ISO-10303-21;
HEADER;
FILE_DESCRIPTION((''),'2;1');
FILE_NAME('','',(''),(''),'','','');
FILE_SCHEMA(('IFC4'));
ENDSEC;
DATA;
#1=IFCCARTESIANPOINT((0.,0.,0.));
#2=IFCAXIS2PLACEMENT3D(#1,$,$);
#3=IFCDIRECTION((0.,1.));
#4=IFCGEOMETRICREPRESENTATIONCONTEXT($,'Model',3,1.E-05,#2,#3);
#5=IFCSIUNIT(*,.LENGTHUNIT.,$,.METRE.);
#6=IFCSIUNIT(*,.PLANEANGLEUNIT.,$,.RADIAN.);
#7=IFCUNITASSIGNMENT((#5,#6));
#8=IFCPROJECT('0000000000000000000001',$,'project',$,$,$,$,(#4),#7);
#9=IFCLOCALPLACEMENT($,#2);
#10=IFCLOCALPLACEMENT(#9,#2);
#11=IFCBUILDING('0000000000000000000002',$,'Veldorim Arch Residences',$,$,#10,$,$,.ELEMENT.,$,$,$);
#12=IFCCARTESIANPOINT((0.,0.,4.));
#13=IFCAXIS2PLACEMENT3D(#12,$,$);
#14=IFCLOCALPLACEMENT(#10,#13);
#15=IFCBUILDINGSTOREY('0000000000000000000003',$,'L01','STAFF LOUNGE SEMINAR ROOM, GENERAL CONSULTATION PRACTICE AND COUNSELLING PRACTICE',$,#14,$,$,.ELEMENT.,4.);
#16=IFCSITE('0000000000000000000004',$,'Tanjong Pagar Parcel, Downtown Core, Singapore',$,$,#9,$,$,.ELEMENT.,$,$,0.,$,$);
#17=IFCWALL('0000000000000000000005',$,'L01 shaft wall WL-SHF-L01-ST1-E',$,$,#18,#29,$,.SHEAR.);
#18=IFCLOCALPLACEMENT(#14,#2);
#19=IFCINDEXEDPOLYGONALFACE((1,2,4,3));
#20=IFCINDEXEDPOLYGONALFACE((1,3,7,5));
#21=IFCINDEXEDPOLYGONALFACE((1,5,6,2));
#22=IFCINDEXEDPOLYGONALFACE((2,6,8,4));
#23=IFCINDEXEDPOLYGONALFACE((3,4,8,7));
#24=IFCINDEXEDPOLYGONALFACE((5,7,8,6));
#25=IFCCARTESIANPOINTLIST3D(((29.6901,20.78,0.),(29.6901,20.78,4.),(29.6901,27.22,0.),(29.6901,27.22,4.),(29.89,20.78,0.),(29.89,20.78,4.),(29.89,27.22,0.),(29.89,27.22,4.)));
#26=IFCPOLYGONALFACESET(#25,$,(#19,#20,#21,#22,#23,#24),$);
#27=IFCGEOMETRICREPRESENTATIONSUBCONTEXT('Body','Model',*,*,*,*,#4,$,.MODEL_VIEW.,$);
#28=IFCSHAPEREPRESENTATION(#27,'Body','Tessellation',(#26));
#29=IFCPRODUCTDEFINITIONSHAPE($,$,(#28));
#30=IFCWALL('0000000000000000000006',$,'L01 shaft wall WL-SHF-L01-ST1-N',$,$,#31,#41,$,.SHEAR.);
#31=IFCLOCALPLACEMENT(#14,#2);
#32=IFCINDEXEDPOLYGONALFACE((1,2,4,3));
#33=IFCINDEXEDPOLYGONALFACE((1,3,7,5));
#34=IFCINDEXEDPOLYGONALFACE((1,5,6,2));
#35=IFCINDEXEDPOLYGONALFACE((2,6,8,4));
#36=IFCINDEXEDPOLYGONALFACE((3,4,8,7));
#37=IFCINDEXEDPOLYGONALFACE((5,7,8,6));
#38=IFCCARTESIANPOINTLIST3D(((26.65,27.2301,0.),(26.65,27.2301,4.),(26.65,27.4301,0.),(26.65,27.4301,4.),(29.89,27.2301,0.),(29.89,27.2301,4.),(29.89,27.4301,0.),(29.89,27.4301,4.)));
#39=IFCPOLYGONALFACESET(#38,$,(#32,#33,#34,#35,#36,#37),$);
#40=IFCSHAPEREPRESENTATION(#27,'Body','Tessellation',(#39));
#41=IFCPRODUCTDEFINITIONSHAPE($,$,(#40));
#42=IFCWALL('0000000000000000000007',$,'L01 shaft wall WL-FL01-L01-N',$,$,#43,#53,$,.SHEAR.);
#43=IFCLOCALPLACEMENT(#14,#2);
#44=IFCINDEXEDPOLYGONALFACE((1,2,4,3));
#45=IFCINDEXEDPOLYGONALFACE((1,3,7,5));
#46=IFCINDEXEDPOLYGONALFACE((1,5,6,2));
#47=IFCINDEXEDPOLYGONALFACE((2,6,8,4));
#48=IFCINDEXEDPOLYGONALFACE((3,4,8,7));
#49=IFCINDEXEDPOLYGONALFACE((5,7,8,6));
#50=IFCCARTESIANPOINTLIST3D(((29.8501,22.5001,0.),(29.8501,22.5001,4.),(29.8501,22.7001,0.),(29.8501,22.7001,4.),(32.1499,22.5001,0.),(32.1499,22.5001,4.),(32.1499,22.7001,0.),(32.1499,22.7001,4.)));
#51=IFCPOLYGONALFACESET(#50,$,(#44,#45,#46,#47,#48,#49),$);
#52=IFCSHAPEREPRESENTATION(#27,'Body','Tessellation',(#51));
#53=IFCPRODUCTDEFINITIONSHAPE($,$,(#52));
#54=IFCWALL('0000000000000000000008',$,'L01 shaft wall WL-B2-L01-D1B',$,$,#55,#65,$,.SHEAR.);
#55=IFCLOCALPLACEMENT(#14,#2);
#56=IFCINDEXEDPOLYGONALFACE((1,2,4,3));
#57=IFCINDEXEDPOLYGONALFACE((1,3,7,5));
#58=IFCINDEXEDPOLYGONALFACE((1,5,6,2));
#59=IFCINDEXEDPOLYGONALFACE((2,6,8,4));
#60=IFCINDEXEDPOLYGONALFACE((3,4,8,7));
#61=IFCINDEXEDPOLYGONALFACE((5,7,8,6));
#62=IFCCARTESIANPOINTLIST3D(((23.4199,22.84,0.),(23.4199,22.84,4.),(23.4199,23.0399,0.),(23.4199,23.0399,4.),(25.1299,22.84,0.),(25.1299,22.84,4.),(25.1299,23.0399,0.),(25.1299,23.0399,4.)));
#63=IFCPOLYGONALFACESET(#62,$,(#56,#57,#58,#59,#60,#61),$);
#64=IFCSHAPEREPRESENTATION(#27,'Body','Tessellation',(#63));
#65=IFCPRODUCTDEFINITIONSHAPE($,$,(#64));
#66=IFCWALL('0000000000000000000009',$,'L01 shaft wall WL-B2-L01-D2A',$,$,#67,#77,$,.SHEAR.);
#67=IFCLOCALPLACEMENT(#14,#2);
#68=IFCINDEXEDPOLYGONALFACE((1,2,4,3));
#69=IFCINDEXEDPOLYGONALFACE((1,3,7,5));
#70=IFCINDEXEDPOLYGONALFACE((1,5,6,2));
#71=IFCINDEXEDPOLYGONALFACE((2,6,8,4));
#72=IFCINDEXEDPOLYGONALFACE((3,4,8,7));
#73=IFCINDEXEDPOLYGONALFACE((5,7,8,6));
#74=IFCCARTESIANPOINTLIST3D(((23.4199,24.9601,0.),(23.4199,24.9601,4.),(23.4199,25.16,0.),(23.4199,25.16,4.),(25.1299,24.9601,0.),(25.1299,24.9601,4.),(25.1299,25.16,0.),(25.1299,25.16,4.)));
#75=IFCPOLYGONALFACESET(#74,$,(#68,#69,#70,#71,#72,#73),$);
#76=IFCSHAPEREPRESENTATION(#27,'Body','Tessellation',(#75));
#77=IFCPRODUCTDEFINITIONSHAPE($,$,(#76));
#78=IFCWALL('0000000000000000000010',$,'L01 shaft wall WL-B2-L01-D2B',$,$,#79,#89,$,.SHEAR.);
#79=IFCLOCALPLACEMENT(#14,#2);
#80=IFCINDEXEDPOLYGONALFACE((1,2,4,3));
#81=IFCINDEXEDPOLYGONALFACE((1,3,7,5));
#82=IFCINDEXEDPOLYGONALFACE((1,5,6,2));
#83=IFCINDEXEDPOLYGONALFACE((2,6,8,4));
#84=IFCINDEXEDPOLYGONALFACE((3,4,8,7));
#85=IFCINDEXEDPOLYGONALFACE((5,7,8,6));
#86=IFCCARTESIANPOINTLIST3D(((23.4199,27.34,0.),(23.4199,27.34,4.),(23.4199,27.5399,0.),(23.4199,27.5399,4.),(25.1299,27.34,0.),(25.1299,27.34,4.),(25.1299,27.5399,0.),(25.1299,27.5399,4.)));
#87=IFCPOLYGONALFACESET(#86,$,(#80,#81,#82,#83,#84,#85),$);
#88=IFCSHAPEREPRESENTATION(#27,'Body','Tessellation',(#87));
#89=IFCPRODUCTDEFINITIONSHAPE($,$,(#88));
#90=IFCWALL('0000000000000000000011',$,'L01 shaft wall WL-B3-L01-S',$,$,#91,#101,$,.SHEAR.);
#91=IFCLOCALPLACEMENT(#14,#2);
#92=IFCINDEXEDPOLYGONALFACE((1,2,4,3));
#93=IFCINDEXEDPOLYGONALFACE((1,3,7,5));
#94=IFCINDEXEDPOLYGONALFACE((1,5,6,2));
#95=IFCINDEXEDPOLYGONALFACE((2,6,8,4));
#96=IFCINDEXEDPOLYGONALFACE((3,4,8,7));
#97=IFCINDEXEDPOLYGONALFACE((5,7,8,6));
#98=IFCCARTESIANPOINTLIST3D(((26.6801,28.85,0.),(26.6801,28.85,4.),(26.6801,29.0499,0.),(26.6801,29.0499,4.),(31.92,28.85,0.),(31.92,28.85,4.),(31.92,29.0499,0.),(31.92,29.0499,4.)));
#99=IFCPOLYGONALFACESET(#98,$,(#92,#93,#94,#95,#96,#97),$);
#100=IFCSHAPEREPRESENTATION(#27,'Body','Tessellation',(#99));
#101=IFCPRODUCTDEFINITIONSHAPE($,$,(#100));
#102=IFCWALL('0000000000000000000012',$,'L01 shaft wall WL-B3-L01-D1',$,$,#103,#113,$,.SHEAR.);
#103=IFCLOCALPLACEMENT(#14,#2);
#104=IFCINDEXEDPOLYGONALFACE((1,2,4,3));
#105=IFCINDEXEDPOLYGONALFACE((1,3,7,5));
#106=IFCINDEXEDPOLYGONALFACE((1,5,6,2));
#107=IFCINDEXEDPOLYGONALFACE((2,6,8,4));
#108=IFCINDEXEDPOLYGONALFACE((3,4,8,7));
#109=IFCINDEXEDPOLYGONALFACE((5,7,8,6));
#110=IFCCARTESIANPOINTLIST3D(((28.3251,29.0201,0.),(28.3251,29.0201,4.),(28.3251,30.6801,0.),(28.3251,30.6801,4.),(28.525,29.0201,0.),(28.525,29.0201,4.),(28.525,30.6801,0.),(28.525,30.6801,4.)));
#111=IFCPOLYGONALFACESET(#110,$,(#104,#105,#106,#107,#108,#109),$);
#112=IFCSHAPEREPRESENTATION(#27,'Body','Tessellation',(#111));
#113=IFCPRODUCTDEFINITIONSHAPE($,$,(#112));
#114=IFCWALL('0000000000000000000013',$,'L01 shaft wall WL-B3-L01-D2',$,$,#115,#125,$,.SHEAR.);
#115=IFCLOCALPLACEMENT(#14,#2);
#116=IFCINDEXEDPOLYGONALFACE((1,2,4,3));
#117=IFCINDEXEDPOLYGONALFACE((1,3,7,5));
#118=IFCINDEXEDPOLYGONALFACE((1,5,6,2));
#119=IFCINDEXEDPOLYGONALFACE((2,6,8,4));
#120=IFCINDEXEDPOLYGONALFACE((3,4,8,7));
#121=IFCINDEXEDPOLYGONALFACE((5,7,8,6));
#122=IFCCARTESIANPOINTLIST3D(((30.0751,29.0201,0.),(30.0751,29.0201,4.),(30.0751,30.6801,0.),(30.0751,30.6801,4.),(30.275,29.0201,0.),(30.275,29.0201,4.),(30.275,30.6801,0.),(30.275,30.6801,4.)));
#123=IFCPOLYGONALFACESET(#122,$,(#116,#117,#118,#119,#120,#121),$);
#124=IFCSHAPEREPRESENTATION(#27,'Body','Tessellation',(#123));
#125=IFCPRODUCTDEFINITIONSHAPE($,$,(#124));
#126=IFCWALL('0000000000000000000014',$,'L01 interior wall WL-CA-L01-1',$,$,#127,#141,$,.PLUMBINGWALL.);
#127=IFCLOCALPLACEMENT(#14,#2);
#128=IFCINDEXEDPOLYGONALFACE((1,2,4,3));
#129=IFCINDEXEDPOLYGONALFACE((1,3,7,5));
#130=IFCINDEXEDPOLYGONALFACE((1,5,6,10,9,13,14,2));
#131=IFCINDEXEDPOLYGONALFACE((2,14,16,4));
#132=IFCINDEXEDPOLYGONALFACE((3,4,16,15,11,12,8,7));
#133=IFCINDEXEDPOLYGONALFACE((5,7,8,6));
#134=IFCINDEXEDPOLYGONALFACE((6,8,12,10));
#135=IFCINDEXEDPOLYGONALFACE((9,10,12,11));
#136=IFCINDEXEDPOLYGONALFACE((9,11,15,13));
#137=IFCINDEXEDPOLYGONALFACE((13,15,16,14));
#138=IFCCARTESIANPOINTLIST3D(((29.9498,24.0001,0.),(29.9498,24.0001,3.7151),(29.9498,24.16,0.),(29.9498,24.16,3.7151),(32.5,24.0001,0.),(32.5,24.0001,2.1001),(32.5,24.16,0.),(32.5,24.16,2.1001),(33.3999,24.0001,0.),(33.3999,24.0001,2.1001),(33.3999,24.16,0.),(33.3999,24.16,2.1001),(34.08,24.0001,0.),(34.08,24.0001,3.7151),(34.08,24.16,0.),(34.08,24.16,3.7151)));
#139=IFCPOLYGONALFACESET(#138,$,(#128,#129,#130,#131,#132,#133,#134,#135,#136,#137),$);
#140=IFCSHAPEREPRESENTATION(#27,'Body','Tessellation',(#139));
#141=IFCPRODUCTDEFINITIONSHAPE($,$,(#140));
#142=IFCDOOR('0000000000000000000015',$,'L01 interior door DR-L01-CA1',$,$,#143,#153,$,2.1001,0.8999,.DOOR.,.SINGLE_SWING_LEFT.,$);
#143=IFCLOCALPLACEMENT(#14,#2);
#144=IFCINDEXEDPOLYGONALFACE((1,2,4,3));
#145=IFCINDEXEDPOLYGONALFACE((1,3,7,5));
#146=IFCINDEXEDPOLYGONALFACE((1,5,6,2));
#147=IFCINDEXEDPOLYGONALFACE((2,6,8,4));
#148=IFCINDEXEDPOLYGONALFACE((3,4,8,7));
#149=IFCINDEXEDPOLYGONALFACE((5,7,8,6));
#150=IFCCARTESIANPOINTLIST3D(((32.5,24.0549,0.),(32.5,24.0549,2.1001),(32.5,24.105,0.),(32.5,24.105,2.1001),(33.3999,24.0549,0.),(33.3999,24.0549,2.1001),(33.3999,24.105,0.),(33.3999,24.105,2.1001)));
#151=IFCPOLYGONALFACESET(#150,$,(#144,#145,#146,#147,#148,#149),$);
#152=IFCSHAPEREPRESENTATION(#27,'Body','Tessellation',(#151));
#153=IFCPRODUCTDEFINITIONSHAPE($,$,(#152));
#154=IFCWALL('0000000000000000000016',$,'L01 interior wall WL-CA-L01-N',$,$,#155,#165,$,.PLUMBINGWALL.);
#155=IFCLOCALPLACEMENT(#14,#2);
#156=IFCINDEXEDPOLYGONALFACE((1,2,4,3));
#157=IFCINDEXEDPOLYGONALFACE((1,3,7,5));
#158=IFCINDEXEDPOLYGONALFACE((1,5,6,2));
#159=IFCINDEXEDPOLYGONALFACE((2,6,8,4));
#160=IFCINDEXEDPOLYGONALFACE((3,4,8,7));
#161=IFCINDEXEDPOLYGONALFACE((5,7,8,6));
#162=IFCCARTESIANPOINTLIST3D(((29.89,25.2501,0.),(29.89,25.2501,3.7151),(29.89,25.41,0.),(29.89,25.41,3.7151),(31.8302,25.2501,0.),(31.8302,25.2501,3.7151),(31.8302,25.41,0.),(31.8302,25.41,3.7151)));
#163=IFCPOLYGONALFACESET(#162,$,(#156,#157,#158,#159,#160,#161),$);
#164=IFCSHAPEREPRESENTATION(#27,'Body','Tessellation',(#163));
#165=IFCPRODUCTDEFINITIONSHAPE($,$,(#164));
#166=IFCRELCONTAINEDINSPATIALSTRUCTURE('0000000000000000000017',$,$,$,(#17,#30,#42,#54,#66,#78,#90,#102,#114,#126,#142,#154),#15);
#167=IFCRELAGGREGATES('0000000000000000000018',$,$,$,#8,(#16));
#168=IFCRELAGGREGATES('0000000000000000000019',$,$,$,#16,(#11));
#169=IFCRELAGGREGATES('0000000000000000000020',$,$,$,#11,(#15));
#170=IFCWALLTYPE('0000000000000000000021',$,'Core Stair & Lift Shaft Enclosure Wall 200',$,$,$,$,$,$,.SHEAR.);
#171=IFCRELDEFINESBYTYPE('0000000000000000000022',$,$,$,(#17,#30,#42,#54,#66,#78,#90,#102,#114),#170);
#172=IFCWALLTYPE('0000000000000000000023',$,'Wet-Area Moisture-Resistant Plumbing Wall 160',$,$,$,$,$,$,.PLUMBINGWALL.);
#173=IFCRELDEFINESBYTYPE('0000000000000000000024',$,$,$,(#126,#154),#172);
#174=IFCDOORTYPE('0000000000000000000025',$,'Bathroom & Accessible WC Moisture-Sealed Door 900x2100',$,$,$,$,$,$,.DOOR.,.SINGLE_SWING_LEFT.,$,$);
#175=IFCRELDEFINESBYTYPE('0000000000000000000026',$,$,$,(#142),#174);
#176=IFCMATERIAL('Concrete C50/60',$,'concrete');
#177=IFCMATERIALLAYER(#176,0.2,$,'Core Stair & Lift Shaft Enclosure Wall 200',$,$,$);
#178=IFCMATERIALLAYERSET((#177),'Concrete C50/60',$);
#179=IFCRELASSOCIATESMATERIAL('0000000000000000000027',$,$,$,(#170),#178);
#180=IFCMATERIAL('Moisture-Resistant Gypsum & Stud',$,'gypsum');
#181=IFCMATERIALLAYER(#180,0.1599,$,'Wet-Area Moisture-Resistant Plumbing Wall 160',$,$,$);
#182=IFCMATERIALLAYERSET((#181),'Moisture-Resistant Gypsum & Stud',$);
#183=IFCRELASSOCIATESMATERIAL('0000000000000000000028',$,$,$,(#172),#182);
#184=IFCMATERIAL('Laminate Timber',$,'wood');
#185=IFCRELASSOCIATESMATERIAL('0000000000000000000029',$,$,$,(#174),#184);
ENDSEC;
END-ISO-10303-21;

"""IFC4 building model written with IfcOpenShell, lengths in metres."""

from ifc_helpers import new_model, si_unit, direction, frame, frame_2d, origin, place, context, subcontext, project, spatial, rectangle, extrude, material, layer, layer_set, type_object, element, fill, save


model = new_model("IFC4")

# Units and contexts
model_context = context("Model", 3, precision=1e-05, world=origin(), true_north=direction((0.0, 1.0)))
body_context = subcontext(model_context, "Body", "Model", "MODEL_VIEW")
ifc_project = project(units=[si_unit("LENGTHUNIT", "METRE"), si_unit("PLANEANGLEUNIT", "RADIAN")], contexts=[model_context])

# Site, building, storey
site_placement = place(None, origin())
site = spatial("IfcSite", under=ifc_project, at=site_placement, Name="Tanjong Pagar Parcel, Downtown Core, Singapore", CompositionType="ELEMENT", RefElevation=0.0)
building_placement = place(site_placement, origin())
building = spatial("IfcBuilding", under=site, at=building_placement, Name="Veldorim Arch Residences", CompositionType="ELEMENT")
storey_placement = place(building_placement, frame((0.0, 0.0, 4.0)))
storey = spatial("IfcBuildingStorey", under=building, at=storey_placement, Name="L01", Description="STAFF LOUNGE SEMINAR ROOM, GENERAL CONSULTATION PRACTICE AND COUNSELLING PRACTICE", CompositionType="ELEMENT", Elevation=4.0)

# Walls
ifc_material_1 = material(Name="Concrete C50/60", Category="concrete")
ifc_layer_1 = layer(ifc_material_1, 0.2, Name="Core Stair & Lift Shaft Enclosure Wall 200")
ifc_layer_set_1 = layer_set([ifc_layer_1], Name="Concrete C50/60")
wall_type_1 = type_object("IfcWallType", Name="Core Stair & Lift Shaft Enclosure Wall 200", PredefinedType="SHEAR", material=ifc_layer_set_1)
wall_1_placement = place(storey_placement, frame((29.79, 20.78, 0.0), z_axis=(0.0, 0.0, 1.0), x_axis=(0.0, 1.0, 0.0)))
element("IfcWall", 1, at=wall_1_placement, inside=storey, type_object=wall_type_1, Name="L01 shaft wall WL-SHF-L01-ST1-E", PredefinedType="SHEAR", context=body_context, shape_type="SweptSolid", body=[
    extrude(rectangle(XDim=6.4399, YDim=0.2, at=frame_2d((3.22, 0.0))), origin(), (0.0, 0.0, 1.0), 4.0),
])
wall_2_placement = place(storey_placement, frame((26.6499, 27.3301, 0.0), z_axis=(0.0, 0.0, 1.0), x_axis=(1.0, 0.0, 0.0)))
element("IfcWall", 2, at=wall_2_placement, inside=storey, type_object=wall_type_1, Name="L01 shaft wall WL-SHF-L01-ST1-N", PredefinedType="SHEAR", context=body_context, shape_type="SweptSolid", body=[
    extrude(rectangle(XDim=3.24, YDim=0.2, at=frame_2d((1.6201, 0.0))), origin(), (0.0, 0.0, 1.0), 4.0),
])

# Walls
wall_3_placement = place(storey_placement, frame((29.8501, 22.6001, 0.0), z_axis=(0.0, 0.0, 1.0), x_axis=(1.0, 0.0, 0.0)))
element("IfcWall", 3, at=wall_3_placement, inside=storey, type_object=wall_type_1, Name="L01 shaft wall WL-FL01-L01-N", PredefinedType="SHEAR", context=body_context, shape_type="SweptSolid", body=[
    extrude(rectangle(XDim=2.2998, YDim=0.2, at=frame_2d((1.1499, 0.0))), origin(), (0.0, 0.0, 1.0), 4.0),
])
for number, where, z_axis, x_axis, name in (
    (4, (23.4199, 22.9399, 0.0), (0.0, 0.0, 1.0), (1.0, 0.0, 0.0), "L01 shaft wall WL-B2-L01-D1B"),
    (5, (23.4199, 25.0601, 0.0), (0.0, 0.0, 1.0), (1.0, 0.0, 0.0), "L01 shaft wall WL-B2-L01-D2A"),
    (6, (23.4199, 27.4399, 0.0), (0.0, 0.0, 1.0), (1.0, 0.0, 0.0), "L01 shaft wall WL-B2-L01-D2B"),
):
    element("IfcWall", number, at=place(storey_placement, frame(where, z_axis=z_axis, x_axis=x_axis)), inside=storey, type_object=wall_type_1, Name=name, PredefinedType="SHEAR", context=body_context, shape_type="SweptSolid", body=[
        extrude(rectangle(XDim=1.71, YDim=0.2, at=frame_2d((0.855, 0.0))), origin(), (0.0, 0.0, 1.0), 4.0),
    ])
wall_4_placement = place(storey_placement, frame((26.6799, 28.95, 0.0), z_axis=(0.0, 0.0, 1.0), x_axis=(1.0, 0.0, 0.0)))
element("IfcWall", 7, at=wall_4_placement, inside=storey, type_object=wall_type_1, Name="L01 shaft wall WL-B3-L01-S", PredefinedType="SHEAR", context=body_context, shape_type="SweptSolid", body=[
    extrude(rectangle(XDim=5.24, YDim=0.2, at=frame_2d((2.6201, 0.0))), origin(), (0.0, 0.0, 1.0), 4.0),
])
for number, where, z_axis, x_axis, name in (
    (8, (28.425, 29.02, 0.0), (0.0, 0.0, 1.0), (0.0, 1.0, 0.0), "L01 shaft wall WL-B3-L01-D1"),
    (9, (30.175, 29.02, 0.0), (0.0, 0.0, 1.0), (0.0, 1.0, 0.0), "L01 shaft wall WL-B3-L01-D2"),
):
    element("IfcWall", number, at=place(storey_placement, frame(where, z_axis=z_axis, x_axis=x_axis)), inside=storey, type_object=wall_type_1, Name=name, PredefinedType="SHEAR", context=body_context, shape_type="SweptSolid", body=[
        extrude(rectangle(XDim=1.6599, YDim=0.2, at=frame_2d((0.8301, 0.0))), origin(), (0.0, 0.0, 1.0), 4.0),
    ])

# Wall, opening, door
ifc_material_2 = material(Name="Moisture-Resistant Gypsum & Stud", Category="gypsum")
ifc_layer_2 = layer(ifc_material_2, 0.1599, Name="Wet-Area Moisture-Resistant Plumbing Wall 160")
ifc_layer_set_2 = layer_set([ifc_layer_2], Name="Moisture-Resistant Gypsum & Stud")
wall_type_2 = type_object("IfcWallType", Name="Wet-Area Moisture-Resistant Plumbing Wall 160", PredefinedType="PLUMBINGWALL", material=ifc_layer_set_2)
wall_5_placement = place(storey_placement, frame((29.95, 24.0801, 0.0), z_axis=(0.0, 0.0, 1.0), x_axis=(1.0, 0.0, 0.0)))
wall_5 = element("IfcWall", 10, at=wall_5_placement, inside=storey, type_object=wall_type_2, Name="L01 interior wall WL-CA-L01-1", PredefinedType="PLUMBINGWALL", context=body_context, shape_type="SweptSolid", body=[
    extrude(rectangle(XDim=4.1301, YDim=0.1599, at=frame_2d((2.0649, 0.0))), origin(), (0.0, 0.0, 1.0), 3.7151),
])
opening_1_placement = place(wall_5_placement, frame((2.55, 0.0, 0.0)))
opening_1 = element("IfcOpeningElement", 11, at=opening_1_placement, cuts=wall_5, PredefinedType="OPENING", context=body_context, shape_type="SweptSolid", body=[
    extrude(rectangle(XDim=0.8999, YDim=2.1001, at=frame_2d((0.45, 1.05))), frame((0.0, 0.0898, 0.0), z_axis=(0.0, -1.0, 0.0), x_axis=(1.0, 0.0, 0.0)), (0.0, 0.0, 1.0), 0.1799),
])
ifc_material_3 = material(Name="Laminate Timber", Category="wood")
door_type_1 = type_object("IfcDoorType", Name="Bathroom & Accessible WC Moisture-Sealed Door 900x2100", OperationType="SINGLE_SWING_LEFT", PredefinedType="DOOR", material=ifc_material_3)
door_1_placement = place(opening_1_placement, origin())
door_1 = element("IfcDoor", 12, at=door_1_placement, inside=storey, type_object=door_type_1, Name="L01 interior door DR-L01-CA1", OperationType="SINGLE_SWING_LEFT", OverallHeight=2.1001, OverallWidth=0.8999, PredefinedType="DOOR", context=body_context, shape_type="SweptSolid", body=[
    extrude(rectangle(XDim=0.8999, YDim=2.1001, at=frame_2d((0.45, 1.05))), frame((0.0, 0.0249, 0.0), z_axis=(0.0, -1.0, 0.0), x_axis=(1.0, 0.0, 0.0)), (0.0, 0.0, 1.0), 0.05),
])
fill(opening_1, door_1)

# Wall
wall_6_placement = place(storey_placement, frame((29.8899, 25.3301, 0.0), z_axis=(0.0, 0.0, 1.0), x_axis=(1.0, 0.0, 0.0)))
element("IfcWall", 13, at=wall_6_placement, inside=storey, type_object=wall_type_2, Name="L01 interior wall WL-CA-L01-N", PredefinedType="PLUMBINGWALL", context=body_context, shape_type="SweptSolid", body=[
    extrude(rectangle(XDim=1.9402, YDim=0.1599, at=frame_2d((0.9702, 0.0))), origin(), (0.0, 0.0, 1.0), 3.7151),
])

save(model, "model.ifc")
